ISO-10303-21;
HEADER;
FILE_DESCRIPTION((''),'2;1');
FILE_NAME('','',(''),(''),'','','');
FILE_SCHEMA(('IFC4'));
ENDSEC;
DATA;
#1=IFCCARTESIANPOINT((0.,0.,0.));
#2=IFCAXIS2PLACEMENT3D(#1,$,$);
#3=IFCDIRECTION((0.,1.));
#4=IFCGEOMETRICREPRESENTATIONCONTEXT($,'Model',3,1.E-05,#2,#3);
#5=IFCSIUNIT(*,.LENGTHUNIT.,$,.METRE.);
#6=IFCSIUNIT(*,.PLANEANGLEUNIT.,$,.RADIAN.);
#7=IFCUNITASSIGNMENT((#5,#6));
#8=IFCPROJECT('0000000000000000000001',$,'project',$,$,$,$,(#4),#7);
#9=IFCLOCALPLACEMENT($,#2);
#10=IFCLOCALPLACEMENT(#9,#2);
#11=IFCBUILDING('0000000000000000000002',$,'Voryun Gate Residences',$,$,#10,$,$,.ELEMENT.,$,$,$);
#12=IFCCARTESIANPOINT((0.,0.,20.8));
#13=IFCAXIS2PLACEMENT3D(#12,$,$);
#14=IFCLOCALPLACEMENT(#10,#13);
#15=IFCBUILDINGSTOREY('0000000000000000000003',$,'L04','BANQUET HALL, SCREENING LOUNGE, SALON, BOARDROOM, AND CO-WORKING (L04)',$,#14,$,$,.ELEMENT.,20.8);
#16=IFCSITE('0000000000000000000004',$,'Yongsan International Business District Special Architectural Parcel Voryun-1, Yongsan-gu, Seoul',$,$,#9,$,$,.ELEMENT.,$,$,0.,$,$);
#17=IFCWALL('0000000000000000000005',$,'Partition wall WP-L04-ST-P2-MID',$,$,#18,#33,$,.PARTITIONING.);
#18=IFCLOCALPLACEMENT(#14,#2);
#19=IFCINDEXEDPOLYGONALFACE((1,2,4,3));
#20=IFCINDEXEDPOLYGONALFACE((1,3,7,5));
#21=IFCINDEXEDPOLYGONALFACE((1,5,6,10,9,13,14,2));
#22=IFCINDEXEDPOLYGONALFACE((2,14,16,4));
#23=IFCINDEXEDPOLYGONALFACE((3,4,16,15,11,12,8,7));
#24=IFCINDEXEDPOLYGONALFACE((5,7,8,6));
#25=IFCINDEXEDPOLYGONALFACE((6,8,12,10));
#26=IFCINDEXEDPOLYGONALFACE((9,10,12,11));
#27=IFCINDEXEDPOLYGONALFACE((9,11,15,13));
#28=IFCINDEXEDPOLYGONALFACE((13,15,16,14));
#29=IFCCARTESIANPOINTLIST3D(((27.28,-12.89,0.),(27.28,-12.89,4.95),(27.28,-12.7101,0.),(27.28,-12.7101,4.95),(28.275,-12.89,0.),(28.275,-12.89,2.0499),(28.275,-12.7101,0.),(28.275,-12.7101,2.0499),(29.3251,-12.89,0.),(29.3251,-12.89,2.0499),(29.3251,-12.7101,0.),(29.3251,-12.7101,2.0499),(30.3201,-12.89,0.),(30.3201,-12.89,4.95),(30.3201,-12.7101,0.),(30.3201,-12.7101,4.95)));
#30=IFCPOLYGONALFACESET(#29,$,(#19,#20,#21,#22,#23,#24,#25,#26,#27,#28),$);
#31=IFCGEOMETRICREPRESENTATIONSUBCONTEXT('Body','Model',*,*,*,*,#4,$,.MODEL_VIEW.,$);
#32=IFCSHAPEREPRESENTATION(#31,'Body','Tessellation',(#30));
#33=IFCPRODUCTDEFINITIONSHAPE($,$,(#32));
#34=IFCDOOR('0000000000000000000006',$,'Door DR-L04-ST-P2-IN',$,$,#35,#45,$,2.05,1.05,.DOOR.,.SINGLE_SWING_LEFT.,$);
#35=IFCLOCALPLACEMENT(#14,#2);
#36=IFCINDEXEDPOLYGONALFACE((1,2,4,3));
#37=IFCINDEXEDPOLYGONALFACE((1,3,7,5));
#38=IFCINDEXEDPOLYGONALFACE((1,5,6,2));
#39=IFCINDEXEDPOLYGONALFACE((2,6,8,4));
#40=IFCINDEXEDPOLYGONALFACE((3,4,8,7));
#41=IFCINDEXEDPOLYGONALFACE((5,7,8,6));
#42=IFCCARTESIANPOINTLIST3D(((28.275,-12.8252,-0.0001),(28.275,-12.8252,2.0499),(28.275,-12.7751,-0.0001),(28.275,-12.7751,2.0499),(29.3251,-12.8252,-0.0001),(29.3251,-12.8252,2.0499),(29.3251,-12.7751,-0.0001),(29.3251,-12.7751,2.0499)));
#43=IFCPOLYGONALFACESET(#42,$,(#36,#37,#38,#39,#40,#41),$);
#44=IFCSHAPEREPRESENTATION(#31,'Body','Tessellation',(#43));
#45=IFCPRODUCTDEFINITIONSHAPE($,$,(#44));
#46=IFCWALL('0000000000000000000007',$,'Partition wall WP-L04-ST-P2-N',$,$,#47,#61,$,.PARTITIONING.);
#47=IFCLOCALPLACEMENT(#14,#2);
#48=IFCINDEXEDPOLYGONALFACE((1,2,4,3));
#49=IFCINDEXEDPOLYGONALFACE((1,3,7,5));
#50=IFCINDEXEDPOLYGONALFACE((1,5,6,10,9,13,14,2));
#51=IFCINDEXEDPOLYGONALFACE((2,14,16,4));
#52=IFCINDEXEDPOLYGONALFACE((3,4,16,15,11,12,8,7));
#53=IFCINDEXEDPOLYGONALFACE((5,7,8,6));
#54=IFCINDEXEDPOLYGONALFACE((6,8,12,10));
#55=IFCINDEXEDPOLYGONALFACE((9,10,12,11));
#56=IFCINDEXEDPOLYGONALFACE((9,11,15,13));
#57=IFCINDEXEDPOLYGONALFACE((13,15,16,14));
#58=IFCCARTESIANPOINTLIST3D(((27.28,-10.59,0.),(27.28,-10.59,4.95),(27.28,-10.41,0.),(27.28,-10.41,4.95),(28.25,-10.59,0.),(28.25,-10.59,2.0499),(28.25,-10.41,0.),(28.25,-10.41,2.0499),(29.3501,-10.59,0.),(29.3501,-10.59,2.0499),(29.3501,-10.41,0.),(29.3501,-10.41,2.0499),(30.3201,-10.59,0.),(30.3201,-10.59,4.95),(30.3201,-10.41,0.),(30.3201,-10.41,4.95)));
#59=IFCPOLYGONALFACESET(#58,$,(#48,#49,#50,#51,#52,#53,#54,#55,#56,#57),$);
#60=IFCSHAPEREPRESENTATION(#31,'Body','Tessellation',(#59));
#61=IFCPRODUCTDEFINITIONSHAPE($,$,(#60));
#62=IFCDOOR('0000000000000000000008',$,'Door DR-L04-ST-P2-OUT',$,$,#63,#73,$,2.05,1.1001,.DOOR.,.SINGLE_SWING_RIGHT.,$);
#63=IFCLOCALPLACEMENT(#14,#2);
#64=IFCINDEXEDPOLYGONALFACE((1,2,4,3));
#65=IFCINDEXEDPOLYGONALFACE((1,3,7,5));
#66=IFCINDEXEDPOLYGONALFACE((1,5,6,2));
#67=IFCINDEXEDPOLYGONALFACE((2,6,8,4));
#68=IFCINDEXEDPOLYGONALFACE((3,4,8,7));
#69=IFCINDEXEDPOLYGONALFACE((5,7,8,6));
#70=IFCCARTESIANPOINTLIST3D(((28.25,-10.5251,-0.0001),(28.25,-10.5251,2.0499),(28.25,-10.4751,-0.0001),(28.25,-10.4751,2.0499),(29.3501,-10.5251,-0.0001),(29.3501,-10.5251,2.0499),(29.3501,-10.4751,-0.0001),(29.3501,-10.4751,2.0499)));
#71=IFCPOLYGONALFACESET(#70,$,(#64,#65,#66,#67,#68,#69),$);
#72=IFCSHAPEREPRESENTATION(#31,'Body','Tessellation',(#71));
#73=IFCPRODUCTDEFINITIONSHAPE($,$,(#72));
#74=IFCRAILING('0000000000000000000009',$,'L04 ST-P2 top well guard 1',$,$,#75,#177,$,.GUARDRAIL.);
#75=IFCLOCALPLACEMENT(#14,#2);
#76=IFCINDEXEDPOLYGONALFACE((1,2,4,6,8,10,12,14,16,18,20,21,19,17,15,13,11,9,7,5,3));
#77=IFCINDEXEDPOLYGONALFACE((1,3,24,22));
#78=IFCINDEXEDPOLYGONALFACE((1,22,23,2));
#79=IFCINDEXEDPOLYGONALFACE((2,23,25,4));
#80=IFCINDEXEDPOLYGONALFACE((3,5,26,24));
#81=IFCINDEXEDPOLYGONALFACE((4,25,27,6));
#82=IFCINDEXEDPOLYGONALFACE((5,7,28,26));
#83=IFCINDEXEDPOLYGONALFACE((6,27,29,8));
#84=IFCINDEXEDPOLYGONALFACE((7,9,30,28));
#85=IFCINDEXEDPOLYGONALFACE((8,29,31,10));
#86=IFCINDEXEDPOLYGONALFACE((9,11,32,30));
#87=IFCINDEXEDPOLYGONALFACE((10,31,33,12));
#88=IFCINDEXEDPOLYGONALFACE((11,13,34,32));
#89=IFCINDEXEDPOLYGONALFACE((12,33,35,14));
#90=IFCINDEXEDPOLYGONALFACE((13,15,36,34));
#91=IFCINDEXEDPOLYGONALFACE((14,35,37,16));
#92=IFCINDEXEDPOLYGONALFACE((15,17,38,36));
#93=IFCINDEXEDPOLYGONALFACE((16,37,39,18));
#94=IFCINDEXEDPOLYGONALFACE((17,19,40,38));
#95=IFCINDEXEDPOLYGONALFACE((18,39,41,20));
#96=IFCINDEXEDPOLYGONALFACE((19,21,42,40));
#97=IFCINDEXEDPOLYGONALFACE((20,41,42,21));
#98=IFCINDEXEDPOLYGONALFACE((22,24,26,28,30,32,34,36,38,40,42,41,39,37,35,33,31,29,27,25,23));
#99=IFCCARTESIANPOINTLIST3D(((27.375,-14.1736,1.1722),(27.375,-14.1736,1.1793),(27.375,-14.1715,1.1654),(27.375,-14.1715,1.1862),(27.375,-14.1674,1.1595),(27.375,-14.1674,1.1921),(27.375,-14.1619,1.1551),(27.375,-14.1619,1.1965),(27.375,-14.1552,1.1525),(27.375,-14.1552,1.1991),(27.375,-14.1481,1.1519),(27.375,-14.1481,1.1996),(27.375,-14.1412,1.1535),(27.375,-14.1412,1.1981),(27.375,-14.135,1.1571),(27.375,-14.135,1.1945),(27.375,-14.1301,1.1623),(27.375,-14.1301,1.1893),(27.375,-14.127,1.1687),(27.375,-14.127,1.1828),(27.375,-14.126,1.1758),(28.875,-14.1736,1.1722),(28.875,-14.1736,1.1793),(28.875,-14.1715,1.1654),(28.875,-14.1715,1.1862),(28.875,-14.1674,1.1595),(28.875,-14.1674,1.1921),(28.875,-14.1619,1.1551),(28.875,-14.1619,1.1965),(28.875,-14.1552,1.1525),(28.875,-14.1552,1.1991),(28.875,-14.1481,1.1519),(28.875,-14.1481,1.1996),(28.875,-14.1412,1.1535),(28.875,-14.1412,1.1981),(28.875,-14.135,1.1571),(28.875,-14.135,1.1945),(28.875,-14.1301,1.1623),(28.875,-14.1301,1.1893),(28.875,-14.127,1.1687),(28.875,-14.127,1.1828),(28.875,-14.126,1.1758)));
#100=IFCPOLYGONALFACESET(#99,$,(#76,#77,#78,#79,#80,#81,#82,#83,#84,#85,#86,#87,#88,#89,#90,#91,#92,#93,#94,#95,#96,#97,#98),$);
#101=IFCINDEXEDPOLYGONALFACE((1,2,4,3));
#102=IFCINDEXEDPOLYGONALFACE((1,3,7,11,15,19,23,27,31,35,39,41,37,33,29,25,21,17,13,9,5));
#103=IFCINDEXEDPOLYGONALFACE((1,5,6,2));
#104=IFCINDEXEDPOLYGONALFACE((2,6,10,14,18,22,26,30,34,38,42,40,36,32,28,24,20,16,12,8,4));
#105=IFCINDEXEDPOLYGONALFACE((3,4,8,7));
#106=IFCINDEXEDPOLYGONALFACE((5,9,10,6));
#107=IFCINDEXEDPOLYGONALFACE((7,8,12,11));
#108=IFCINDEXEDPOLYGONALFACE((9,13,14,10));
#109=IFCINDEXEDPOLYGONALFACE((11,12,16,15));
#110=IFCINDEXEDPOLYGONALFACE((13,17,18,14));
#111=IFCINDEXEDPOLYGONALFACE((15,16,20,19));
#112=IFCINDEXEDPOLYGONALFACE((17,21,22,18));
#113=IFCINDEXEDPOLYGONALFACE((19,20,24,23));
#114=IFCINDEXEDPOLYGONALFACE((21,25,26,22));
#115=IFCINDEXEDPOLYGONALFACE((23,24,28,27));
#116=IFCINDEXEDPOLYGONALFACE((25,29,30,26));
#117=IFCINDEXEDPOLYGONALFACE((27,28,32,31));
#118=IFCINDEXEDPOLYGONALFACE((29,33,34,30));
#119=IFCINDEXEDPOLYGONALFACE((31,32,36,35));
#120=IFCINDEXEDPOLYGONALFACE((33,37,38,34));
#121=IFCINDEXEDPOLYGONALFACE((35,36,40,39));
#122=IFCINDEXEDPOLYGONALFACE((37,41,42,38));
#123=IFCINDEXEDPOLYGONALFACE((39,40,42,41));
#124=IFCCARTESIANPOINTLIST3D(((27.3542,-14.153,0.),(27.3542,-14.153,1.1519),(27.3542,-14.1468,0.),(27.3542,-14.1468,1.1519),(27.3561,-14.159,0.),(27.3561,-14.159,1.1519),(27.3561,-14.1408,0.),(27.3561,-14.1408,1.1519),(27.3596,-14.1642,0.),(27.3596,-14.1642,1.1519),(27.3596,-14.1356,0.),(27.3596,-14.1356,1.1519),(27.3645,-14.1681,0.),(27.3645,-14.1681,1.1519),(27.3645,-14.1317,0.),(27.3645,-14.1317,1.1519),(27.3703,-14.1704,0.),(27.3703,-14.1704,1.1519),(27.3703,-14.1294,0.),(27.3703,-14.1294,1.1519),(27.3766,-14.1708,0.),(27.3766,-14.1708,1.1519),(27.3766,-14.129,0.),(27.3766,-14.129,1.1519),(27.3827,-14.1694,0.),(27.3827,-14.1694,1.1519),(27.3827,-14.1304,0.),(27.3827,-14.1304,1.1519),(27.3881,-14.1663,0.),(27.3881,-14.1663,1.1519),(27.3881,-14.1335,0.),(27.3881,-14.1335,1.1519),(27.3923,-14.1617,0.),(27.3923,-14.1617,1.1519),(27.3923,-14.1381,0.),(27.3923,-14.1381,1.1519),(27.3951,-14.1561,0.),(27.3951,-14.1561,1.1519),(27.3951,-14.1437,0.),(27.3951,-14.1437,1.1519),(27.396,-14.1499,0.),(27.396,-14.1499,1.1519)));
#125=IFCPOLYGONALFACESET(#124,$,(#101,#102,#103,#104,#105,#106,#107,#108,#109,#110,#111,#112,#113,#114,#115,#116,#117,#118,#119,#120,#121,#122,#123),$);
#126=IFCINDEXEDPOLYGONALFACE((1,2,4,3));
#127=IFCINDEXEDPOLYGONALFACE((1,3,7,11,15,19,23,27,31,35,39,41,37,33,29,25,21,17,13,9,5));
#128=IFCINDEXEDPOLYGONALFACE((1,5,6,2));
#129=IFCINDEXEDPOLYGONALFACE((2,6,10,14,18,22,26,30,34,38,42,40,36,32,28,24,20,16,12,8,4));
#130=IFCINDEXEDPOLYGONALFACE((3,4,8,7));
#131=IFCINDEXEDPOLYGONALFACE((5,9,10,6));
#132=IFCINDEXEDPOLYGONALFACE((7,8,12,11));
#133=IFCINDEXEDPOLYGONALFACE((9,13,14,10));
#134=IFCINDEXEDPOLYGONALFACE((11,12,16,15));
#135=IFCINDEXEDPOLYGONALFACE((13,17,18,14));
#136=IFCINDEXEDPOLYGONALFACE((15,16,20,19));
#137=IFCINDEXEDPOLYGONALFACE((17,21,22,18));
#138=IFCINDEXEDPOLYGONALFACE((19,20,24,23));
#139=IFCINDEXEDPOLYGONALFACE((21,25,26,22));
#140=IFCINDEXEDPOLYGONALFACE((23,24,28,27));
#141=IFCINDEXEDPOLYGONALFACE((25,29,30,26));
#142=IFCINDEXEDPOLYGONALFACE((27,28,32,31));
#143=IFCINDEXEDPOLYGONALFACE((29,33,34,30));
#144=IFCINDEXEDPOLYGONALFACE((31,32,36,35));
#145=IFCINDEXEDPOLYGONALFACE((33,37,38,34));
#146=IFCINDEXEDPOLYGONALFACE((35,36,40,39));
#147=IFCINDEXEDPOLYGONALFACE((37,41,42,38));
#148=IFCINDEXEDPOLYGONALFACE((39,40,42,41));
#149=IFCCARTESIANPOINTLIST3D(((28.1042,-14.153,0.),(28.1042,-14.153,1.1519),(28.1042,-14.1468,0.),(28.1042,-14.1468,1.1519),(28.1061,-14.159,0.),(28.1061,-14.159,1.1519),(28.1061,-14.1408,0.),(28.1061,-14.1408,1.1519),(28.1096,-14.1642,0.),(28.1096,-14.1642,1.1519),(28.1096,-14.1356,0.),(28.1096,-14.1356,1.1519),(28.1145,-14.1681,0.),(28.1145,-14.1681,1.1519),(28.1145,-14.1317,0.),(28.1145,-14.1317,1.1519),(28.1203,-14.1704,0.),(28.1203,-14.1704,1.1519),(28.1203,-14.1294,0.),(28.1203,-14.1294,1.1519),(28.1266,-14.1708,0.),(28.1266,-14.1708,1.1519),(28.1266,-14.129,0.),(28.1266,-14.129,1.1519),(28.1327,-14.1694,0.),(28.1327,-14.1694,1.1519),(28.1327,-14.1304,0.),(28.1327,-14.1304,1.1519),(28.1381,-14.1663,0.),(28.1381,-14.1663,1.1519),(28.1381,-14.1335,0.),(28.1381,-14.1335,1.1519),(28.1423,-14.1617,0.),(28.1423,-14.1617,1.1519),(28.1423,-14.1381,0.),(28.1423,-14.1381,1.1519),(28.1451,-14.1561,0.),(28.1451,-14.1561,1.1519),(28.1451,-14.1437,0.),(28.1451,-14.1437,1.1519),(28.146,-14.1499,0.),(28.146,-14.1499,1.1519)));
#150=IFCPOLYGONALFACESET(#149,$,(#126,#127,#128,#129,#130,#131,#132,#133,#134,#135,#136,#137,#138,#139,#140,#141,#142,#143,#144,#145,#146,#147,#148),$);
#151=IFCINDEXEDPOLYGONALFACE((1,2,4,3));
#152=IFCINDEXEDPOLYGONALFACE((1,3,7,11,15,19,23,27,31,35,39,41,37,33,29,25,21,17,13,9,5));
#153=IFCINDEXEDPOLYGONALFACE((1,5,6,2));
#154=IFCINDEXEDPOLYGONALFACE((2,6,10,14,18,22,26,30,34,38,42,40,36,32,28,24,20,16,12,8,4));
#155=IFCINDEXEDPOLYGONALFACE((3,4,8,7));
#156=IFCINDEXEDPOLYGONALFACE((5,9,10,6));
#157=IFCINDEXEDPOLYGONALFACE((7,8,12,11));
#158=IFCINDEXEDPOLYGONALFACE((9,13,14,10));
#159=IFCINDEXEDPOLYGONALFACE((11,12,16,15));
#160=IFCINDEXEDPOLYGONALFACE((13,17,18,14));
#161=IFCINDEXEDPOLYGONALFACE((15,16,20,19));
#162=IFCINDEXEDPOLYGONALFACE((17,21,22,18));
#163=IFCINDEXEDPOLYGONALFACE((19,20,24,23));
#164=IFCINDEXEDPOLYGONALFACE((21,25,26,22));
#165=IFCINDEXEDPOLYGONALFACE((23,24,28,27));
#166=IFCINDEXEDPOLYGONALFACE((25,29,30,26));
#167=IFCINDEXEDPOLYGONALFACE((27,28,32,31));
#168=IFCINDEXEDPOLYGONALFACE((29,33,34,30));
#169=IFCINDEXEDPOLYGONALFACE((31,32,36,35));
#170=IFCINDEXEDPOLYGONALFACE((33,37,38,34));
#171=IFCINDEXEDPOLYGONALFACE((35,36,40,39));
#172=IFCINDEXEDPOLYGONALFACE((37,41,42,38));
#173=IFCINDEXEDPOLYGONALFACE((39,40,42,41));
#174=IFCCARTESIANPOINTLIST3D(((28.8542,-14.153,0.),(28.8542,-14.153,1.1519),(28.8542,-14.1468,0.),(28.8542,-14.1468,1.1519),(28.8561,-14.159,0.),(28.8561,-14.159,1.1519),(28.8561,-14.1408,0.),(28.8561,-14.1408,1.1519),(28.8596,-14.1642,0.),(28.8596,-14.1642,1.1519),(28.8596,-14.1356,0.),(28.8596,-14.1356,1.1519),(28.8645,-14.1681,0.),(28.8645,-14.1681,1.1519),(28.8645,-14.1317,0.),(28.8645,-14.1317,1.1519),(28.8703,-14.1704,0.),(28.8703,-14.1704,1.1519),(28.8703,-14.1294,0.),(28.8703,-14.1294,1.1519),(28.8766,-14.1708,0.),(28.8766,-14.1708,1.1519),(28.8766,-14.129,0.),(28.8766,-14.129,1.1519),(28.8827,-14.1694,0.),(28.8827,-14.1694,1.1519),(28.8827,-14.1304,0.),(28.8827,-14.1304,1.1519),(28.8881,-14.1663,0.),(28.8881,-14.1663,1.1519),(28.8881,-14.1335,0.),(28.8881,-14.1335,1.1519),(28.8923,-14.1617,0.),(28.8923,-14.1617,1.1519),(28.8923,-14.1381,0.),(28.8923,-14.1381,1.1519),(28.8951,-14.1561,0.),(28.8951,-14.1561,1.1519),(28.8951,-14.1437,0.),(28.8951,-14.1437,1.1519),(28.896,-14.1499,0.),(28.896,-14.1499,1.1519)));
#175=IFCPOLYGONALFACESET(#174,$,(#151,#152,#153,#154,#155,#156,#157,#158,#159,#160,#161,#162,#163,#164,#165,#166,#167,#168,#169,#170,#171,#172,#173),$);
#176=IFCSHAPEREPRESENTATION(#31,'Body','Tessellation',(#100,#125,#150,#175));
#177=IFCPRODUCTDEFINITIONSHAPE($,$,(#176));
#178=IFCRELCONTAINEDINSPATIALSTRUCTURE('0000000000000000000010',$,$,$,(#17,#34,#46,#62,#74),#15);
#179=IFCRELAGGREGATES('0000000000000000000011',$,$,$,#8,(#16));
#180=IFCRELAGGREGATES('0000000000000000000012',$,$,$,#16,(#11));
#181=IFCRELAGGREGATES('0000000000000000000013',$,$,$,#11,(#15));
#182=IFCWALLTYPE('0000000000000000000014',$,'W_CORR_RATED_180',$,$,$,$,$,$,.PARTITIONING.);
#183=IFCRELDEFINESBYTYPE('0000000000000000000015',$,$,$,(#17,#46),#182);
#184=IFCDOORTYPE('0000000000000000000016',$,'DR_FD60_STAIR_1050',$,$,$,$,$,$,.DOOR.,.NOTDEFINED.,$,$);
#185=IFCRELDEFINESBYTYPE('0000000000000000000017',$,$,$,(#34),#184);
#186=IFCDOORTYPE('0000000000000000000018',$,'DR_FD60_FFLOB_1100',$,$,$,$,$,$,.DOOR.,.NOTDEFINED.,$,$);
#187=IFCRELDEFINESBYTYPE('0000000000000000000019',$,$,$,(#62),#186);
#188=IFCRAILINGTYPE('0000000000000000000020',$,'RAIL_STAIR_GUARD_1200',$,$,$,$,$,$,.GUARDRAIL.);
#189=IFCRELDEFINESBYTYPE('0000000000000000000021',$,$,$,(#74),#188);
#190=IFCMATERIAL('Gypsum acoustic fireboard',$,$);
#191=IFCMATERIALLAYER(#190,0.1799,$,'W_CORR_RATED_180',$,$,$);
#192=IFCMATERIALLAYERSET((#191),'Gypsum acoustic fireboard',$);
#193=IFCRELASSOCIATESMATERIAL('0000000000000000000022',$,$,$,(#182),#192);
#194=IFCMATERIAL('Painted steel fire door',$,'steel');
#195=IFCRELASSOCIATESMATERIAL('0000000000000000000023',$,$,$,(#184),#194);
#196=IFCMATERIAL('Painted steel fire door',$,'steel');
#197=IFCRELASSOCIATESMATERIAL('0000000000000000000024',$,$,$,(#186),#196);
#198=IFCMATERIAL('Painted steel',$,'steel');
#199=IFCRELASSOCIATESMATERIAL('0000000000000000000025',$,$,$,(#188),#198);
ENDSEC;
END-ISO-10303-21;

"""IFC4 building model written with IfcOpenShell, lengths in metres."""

from ifc_helpers import new_model, si_unit, direction, frame, frame_2d, origin, origin_2d, place, context, subcontext, project, spatial, rectangle, circle, extrude, material, layer, layer_set, type_object, element, fill, save


model = new_model("IFC4")

# Units and contexts
model_context = context("Model", 3, precision=1e-05, world=origin(), true_north=direction((0.0, 1.0)))
body_context = subcontext(model_context, "Body", "Model", "MODEL_VIEW")
ifc_project = project(units=[si_unit("LENGTHUNIT", "METRE"), si_unit("PLANEANGLEUNIT", "RADIAN")], contexts=[model_context])

# Site, building, storey
site_placement = place(None, origin())
site = spatial("IfcSite", under=ifc_project, at=site_placement, Name="Yongsan International Business District Special Architectural Parcel Voryun-1, Yongsan-gu, Seoul", CompositionType="ELEMENT", RefElevation=0.0)
building_placement = place(site_placement, origin())
building = spatial("IfcBuilding", under=site, at=building_placement, Name="Voryun Gate Residences", CompositionType="ELEMENT")
storey_placement = place(building_placement, frame((0.0, 0.0, 20.8)))
storey = spatial("IfcBuildingStorey", under=building, at=storey_placement, Name="L04", Description="BANQUET HALL, SCREENING LOUNGE, SALON, BOARDROOM, AND CO-WORKING (L04)", CompositionType="ELEMENT", Elevation=20.8)

# Shared definitions
ifc_material_1 = material(Name="Gypsum acoustic fireboard")
ifc_layer_1 = layer(ifc_material_1, 0.1799, Name="W_CORR_RATED_180")
ifc_layer_set_1 = layer_set([ifc_layer_1], Name="Gypsum acoustic fireboard")
wall_type = type_object("IfcWallType", Name="W_CORR_RATED_180", PredefinedType="PARTITIONING", material=ifc_layer_set_1)

# Walls, openings, doors
wall_1_placement = place(storey_placement, frame((27.28, -12.8, 0.0), z_axis=(0.0, 0.0, 1.0), x_axis=(1.0, 0.0, 0.0)))
wall_1 = element("IfcWall", 1, at=wall_1_placement, inside=storey, type_object=wall_type, Name="Partition wall WP-L04-ST-P2-MID", PredefinedType="PARTITIONING", context=body_context, shape_type="SweptSolid", body=[
    extrude(rectangle(XDim=3.04, YDim=0.1799, at=frame_2d((1.52, 0.0))), origin(), (0.0, 0.0, 1.0), 4.95),
])
opening_1_placement = place(wall_1_placement, frame((0.9951, 0.0, 0.0)))
opening_1 = element("IfcOpeningElement", 2, at=opening_1_placement, cuts=wall_1, PredefinedType="OPENING", context=body_context, shape_type="SweptSolid", body=[
    extrude(rectangle(XDim=1.05, YDim=2.05, at=frame_2d((0.5249, 1.0249))), frame((0.0, 0.0999, 0.0), z_axis=(0.0, -1.0, 0.0), x_axis=(1.0, 0.0, 0.0)), (0.0, 0.0, 1.0), 0.2),
])
ifc_material_2 = material(Name="Painted steel fire door", Category="steel")
door_type_1 = type_object("IfcDoorType", Name="DR_FD60_STAIR_1050", OperationType="NOTDEFINED", PredefinedType="DOOR", material=ifc_material_2)
door_1_placement = place(opening_1_placement, origin())
door_1 = element("IfcDoor", 3, at=door_1_placement, inside=storey, type_object=door_type_1, Name="Door DR-L04-ST-P2-IN", OperationType="SINGLE_SWING_LEFT", OverallHeight=2.05, OverallWidth=1.05, PredefinedType="DOOR", context=body_context, shape_type="SweptSolid", body=[
    extrude(rectangle(XDim=1.05, YDim=2.05, at=frame_2d((0.5249, 1.0249))), frame((0.0, 0.0249, 0.0), z_axis=(0.0, -1.0, 0.0), x_axis=(1.0, 0.0, 0.0)), (0.0, 0.0, 1.0), 0.05),
])
fill(opening_1, door_1)
wall_2_placement = place(storey_placement, frame((27.28, -10.5, 0.0), z_axis=(0.0, 0.0, 1.0), x_axis=(1.0, 0.0, 0.0)))
wall_2 = element("IfcWall", 4, at=wall_2_placement, inside=storey, type_object=wall_type, Name="Partition wall WP-L04-ST-P2-N", PredefinedType="PARTITIONING", context=body_context, shape_type="SweptSolid", body=[
    extrude(rectangle(XDim=3.04, YDim=0.1799, at=frame_2d((1.52, 0.0))), origin(), (0.0, 0.0, 1.0), 4.95),
])
opening_2_placement = place(wall_2_placement, frame((0.97, 0.0, 0.0)))
opening_2 = element("IfcOpeningElement", 5, at=opening_2_placement, cuts=wall_2, PredefinedType="OPENING", context=body_context, shape_type="SweptSolid", body=[
    extrude(rectangle(XDim=1.1001, YDim=2.05, at=frame_2d((0.55, 1.0249))), frame((0.0, 0.0999, 0.0), z_axis=(0.0, -1.0, 0.0), x_axis=(1.0, 0.0, 0.0)), (0.0, 0.0, 1.0), 0.2),
])
ifc_material_3 = material(Name="Painted steel fire door", Category="steel")
door_type_2 = type_object("IfcDoorType", Name="DR_FD60_FFLOB_1100", OperationType="NOTDEFINED", PredefinedType="DOOR", material=ifc_material_3)
door_2_placement = place(opening_2_placement, origin())
door_2 = element("IfcDoor", 6, at=door_2_placement, inside=storey, type_object=door_type_2, Name="Door DR-L04-ST-P2-OUT", OperationType="SINGLE_SWING_RIGHT", OverallHeight=2.05, OverallWidth=1.1001, PredefinedType="DOOR", context=body_context, shape_type="SweptSolid", body=[
    extrude(rectangle(XDim=1.1001, YDim=2.05, at=frame_2d((0.55, 1.0249))), frame((0.0, 0.0249, 0.0), z_axis=(0.0, -1.0, 0.0), x_axis=(1.0, 0.0, 0.0)), (0.0, 0.0, 1.0), 0.05),
])
fill(opening_2, door_2)

# Railing
ifc_material_4 = material(Name="Painted steel", Category="steel")
railing_type = type_object("IfcRailingType", Name="RAIL_STAIR_GUARD_1200", PredefinedType="GUARDRAIL", material=ifc_material_4)
railing_placement = place(storey_placement, frame((27.375, -14.1499, 0.0)))
element("IfcRailing", 7, at=railing_placement, inside=storey, type_object=railing_type, Name="L04 ST-P2 top well guard 1", PredefinedType="GUARDRAIL", context=body_context, shape_type="SweptSolid", body=[
    extrude(circle(Radius=0.0239, at=origin_2d()), frame((0.0, 0.0, 1.1758), z_axis=(1.0, 0.0, 0.0), x_axis=(0.0, 1.0, 0.0)), (0.0, 0.0, 1.0), 1.5),
    extrude(circle(Radius=0.021, at=origin_2d()), origin(), (0.0, 0.0, 1.0), 1.1519),
    extrude(circle(Radius=0.021, at=origin_2d()), frame((0.75, 0.0, 0.0)), (0.0, 0.0, 1.0), 1.1519),
    extrude(circle(Radius=0.021, at=origin_2d()), frame((1.5, 0.0, 0.0)), (0.0, 0.0, 1.0), 1.1519),
])

save(model, "model.ifc")
